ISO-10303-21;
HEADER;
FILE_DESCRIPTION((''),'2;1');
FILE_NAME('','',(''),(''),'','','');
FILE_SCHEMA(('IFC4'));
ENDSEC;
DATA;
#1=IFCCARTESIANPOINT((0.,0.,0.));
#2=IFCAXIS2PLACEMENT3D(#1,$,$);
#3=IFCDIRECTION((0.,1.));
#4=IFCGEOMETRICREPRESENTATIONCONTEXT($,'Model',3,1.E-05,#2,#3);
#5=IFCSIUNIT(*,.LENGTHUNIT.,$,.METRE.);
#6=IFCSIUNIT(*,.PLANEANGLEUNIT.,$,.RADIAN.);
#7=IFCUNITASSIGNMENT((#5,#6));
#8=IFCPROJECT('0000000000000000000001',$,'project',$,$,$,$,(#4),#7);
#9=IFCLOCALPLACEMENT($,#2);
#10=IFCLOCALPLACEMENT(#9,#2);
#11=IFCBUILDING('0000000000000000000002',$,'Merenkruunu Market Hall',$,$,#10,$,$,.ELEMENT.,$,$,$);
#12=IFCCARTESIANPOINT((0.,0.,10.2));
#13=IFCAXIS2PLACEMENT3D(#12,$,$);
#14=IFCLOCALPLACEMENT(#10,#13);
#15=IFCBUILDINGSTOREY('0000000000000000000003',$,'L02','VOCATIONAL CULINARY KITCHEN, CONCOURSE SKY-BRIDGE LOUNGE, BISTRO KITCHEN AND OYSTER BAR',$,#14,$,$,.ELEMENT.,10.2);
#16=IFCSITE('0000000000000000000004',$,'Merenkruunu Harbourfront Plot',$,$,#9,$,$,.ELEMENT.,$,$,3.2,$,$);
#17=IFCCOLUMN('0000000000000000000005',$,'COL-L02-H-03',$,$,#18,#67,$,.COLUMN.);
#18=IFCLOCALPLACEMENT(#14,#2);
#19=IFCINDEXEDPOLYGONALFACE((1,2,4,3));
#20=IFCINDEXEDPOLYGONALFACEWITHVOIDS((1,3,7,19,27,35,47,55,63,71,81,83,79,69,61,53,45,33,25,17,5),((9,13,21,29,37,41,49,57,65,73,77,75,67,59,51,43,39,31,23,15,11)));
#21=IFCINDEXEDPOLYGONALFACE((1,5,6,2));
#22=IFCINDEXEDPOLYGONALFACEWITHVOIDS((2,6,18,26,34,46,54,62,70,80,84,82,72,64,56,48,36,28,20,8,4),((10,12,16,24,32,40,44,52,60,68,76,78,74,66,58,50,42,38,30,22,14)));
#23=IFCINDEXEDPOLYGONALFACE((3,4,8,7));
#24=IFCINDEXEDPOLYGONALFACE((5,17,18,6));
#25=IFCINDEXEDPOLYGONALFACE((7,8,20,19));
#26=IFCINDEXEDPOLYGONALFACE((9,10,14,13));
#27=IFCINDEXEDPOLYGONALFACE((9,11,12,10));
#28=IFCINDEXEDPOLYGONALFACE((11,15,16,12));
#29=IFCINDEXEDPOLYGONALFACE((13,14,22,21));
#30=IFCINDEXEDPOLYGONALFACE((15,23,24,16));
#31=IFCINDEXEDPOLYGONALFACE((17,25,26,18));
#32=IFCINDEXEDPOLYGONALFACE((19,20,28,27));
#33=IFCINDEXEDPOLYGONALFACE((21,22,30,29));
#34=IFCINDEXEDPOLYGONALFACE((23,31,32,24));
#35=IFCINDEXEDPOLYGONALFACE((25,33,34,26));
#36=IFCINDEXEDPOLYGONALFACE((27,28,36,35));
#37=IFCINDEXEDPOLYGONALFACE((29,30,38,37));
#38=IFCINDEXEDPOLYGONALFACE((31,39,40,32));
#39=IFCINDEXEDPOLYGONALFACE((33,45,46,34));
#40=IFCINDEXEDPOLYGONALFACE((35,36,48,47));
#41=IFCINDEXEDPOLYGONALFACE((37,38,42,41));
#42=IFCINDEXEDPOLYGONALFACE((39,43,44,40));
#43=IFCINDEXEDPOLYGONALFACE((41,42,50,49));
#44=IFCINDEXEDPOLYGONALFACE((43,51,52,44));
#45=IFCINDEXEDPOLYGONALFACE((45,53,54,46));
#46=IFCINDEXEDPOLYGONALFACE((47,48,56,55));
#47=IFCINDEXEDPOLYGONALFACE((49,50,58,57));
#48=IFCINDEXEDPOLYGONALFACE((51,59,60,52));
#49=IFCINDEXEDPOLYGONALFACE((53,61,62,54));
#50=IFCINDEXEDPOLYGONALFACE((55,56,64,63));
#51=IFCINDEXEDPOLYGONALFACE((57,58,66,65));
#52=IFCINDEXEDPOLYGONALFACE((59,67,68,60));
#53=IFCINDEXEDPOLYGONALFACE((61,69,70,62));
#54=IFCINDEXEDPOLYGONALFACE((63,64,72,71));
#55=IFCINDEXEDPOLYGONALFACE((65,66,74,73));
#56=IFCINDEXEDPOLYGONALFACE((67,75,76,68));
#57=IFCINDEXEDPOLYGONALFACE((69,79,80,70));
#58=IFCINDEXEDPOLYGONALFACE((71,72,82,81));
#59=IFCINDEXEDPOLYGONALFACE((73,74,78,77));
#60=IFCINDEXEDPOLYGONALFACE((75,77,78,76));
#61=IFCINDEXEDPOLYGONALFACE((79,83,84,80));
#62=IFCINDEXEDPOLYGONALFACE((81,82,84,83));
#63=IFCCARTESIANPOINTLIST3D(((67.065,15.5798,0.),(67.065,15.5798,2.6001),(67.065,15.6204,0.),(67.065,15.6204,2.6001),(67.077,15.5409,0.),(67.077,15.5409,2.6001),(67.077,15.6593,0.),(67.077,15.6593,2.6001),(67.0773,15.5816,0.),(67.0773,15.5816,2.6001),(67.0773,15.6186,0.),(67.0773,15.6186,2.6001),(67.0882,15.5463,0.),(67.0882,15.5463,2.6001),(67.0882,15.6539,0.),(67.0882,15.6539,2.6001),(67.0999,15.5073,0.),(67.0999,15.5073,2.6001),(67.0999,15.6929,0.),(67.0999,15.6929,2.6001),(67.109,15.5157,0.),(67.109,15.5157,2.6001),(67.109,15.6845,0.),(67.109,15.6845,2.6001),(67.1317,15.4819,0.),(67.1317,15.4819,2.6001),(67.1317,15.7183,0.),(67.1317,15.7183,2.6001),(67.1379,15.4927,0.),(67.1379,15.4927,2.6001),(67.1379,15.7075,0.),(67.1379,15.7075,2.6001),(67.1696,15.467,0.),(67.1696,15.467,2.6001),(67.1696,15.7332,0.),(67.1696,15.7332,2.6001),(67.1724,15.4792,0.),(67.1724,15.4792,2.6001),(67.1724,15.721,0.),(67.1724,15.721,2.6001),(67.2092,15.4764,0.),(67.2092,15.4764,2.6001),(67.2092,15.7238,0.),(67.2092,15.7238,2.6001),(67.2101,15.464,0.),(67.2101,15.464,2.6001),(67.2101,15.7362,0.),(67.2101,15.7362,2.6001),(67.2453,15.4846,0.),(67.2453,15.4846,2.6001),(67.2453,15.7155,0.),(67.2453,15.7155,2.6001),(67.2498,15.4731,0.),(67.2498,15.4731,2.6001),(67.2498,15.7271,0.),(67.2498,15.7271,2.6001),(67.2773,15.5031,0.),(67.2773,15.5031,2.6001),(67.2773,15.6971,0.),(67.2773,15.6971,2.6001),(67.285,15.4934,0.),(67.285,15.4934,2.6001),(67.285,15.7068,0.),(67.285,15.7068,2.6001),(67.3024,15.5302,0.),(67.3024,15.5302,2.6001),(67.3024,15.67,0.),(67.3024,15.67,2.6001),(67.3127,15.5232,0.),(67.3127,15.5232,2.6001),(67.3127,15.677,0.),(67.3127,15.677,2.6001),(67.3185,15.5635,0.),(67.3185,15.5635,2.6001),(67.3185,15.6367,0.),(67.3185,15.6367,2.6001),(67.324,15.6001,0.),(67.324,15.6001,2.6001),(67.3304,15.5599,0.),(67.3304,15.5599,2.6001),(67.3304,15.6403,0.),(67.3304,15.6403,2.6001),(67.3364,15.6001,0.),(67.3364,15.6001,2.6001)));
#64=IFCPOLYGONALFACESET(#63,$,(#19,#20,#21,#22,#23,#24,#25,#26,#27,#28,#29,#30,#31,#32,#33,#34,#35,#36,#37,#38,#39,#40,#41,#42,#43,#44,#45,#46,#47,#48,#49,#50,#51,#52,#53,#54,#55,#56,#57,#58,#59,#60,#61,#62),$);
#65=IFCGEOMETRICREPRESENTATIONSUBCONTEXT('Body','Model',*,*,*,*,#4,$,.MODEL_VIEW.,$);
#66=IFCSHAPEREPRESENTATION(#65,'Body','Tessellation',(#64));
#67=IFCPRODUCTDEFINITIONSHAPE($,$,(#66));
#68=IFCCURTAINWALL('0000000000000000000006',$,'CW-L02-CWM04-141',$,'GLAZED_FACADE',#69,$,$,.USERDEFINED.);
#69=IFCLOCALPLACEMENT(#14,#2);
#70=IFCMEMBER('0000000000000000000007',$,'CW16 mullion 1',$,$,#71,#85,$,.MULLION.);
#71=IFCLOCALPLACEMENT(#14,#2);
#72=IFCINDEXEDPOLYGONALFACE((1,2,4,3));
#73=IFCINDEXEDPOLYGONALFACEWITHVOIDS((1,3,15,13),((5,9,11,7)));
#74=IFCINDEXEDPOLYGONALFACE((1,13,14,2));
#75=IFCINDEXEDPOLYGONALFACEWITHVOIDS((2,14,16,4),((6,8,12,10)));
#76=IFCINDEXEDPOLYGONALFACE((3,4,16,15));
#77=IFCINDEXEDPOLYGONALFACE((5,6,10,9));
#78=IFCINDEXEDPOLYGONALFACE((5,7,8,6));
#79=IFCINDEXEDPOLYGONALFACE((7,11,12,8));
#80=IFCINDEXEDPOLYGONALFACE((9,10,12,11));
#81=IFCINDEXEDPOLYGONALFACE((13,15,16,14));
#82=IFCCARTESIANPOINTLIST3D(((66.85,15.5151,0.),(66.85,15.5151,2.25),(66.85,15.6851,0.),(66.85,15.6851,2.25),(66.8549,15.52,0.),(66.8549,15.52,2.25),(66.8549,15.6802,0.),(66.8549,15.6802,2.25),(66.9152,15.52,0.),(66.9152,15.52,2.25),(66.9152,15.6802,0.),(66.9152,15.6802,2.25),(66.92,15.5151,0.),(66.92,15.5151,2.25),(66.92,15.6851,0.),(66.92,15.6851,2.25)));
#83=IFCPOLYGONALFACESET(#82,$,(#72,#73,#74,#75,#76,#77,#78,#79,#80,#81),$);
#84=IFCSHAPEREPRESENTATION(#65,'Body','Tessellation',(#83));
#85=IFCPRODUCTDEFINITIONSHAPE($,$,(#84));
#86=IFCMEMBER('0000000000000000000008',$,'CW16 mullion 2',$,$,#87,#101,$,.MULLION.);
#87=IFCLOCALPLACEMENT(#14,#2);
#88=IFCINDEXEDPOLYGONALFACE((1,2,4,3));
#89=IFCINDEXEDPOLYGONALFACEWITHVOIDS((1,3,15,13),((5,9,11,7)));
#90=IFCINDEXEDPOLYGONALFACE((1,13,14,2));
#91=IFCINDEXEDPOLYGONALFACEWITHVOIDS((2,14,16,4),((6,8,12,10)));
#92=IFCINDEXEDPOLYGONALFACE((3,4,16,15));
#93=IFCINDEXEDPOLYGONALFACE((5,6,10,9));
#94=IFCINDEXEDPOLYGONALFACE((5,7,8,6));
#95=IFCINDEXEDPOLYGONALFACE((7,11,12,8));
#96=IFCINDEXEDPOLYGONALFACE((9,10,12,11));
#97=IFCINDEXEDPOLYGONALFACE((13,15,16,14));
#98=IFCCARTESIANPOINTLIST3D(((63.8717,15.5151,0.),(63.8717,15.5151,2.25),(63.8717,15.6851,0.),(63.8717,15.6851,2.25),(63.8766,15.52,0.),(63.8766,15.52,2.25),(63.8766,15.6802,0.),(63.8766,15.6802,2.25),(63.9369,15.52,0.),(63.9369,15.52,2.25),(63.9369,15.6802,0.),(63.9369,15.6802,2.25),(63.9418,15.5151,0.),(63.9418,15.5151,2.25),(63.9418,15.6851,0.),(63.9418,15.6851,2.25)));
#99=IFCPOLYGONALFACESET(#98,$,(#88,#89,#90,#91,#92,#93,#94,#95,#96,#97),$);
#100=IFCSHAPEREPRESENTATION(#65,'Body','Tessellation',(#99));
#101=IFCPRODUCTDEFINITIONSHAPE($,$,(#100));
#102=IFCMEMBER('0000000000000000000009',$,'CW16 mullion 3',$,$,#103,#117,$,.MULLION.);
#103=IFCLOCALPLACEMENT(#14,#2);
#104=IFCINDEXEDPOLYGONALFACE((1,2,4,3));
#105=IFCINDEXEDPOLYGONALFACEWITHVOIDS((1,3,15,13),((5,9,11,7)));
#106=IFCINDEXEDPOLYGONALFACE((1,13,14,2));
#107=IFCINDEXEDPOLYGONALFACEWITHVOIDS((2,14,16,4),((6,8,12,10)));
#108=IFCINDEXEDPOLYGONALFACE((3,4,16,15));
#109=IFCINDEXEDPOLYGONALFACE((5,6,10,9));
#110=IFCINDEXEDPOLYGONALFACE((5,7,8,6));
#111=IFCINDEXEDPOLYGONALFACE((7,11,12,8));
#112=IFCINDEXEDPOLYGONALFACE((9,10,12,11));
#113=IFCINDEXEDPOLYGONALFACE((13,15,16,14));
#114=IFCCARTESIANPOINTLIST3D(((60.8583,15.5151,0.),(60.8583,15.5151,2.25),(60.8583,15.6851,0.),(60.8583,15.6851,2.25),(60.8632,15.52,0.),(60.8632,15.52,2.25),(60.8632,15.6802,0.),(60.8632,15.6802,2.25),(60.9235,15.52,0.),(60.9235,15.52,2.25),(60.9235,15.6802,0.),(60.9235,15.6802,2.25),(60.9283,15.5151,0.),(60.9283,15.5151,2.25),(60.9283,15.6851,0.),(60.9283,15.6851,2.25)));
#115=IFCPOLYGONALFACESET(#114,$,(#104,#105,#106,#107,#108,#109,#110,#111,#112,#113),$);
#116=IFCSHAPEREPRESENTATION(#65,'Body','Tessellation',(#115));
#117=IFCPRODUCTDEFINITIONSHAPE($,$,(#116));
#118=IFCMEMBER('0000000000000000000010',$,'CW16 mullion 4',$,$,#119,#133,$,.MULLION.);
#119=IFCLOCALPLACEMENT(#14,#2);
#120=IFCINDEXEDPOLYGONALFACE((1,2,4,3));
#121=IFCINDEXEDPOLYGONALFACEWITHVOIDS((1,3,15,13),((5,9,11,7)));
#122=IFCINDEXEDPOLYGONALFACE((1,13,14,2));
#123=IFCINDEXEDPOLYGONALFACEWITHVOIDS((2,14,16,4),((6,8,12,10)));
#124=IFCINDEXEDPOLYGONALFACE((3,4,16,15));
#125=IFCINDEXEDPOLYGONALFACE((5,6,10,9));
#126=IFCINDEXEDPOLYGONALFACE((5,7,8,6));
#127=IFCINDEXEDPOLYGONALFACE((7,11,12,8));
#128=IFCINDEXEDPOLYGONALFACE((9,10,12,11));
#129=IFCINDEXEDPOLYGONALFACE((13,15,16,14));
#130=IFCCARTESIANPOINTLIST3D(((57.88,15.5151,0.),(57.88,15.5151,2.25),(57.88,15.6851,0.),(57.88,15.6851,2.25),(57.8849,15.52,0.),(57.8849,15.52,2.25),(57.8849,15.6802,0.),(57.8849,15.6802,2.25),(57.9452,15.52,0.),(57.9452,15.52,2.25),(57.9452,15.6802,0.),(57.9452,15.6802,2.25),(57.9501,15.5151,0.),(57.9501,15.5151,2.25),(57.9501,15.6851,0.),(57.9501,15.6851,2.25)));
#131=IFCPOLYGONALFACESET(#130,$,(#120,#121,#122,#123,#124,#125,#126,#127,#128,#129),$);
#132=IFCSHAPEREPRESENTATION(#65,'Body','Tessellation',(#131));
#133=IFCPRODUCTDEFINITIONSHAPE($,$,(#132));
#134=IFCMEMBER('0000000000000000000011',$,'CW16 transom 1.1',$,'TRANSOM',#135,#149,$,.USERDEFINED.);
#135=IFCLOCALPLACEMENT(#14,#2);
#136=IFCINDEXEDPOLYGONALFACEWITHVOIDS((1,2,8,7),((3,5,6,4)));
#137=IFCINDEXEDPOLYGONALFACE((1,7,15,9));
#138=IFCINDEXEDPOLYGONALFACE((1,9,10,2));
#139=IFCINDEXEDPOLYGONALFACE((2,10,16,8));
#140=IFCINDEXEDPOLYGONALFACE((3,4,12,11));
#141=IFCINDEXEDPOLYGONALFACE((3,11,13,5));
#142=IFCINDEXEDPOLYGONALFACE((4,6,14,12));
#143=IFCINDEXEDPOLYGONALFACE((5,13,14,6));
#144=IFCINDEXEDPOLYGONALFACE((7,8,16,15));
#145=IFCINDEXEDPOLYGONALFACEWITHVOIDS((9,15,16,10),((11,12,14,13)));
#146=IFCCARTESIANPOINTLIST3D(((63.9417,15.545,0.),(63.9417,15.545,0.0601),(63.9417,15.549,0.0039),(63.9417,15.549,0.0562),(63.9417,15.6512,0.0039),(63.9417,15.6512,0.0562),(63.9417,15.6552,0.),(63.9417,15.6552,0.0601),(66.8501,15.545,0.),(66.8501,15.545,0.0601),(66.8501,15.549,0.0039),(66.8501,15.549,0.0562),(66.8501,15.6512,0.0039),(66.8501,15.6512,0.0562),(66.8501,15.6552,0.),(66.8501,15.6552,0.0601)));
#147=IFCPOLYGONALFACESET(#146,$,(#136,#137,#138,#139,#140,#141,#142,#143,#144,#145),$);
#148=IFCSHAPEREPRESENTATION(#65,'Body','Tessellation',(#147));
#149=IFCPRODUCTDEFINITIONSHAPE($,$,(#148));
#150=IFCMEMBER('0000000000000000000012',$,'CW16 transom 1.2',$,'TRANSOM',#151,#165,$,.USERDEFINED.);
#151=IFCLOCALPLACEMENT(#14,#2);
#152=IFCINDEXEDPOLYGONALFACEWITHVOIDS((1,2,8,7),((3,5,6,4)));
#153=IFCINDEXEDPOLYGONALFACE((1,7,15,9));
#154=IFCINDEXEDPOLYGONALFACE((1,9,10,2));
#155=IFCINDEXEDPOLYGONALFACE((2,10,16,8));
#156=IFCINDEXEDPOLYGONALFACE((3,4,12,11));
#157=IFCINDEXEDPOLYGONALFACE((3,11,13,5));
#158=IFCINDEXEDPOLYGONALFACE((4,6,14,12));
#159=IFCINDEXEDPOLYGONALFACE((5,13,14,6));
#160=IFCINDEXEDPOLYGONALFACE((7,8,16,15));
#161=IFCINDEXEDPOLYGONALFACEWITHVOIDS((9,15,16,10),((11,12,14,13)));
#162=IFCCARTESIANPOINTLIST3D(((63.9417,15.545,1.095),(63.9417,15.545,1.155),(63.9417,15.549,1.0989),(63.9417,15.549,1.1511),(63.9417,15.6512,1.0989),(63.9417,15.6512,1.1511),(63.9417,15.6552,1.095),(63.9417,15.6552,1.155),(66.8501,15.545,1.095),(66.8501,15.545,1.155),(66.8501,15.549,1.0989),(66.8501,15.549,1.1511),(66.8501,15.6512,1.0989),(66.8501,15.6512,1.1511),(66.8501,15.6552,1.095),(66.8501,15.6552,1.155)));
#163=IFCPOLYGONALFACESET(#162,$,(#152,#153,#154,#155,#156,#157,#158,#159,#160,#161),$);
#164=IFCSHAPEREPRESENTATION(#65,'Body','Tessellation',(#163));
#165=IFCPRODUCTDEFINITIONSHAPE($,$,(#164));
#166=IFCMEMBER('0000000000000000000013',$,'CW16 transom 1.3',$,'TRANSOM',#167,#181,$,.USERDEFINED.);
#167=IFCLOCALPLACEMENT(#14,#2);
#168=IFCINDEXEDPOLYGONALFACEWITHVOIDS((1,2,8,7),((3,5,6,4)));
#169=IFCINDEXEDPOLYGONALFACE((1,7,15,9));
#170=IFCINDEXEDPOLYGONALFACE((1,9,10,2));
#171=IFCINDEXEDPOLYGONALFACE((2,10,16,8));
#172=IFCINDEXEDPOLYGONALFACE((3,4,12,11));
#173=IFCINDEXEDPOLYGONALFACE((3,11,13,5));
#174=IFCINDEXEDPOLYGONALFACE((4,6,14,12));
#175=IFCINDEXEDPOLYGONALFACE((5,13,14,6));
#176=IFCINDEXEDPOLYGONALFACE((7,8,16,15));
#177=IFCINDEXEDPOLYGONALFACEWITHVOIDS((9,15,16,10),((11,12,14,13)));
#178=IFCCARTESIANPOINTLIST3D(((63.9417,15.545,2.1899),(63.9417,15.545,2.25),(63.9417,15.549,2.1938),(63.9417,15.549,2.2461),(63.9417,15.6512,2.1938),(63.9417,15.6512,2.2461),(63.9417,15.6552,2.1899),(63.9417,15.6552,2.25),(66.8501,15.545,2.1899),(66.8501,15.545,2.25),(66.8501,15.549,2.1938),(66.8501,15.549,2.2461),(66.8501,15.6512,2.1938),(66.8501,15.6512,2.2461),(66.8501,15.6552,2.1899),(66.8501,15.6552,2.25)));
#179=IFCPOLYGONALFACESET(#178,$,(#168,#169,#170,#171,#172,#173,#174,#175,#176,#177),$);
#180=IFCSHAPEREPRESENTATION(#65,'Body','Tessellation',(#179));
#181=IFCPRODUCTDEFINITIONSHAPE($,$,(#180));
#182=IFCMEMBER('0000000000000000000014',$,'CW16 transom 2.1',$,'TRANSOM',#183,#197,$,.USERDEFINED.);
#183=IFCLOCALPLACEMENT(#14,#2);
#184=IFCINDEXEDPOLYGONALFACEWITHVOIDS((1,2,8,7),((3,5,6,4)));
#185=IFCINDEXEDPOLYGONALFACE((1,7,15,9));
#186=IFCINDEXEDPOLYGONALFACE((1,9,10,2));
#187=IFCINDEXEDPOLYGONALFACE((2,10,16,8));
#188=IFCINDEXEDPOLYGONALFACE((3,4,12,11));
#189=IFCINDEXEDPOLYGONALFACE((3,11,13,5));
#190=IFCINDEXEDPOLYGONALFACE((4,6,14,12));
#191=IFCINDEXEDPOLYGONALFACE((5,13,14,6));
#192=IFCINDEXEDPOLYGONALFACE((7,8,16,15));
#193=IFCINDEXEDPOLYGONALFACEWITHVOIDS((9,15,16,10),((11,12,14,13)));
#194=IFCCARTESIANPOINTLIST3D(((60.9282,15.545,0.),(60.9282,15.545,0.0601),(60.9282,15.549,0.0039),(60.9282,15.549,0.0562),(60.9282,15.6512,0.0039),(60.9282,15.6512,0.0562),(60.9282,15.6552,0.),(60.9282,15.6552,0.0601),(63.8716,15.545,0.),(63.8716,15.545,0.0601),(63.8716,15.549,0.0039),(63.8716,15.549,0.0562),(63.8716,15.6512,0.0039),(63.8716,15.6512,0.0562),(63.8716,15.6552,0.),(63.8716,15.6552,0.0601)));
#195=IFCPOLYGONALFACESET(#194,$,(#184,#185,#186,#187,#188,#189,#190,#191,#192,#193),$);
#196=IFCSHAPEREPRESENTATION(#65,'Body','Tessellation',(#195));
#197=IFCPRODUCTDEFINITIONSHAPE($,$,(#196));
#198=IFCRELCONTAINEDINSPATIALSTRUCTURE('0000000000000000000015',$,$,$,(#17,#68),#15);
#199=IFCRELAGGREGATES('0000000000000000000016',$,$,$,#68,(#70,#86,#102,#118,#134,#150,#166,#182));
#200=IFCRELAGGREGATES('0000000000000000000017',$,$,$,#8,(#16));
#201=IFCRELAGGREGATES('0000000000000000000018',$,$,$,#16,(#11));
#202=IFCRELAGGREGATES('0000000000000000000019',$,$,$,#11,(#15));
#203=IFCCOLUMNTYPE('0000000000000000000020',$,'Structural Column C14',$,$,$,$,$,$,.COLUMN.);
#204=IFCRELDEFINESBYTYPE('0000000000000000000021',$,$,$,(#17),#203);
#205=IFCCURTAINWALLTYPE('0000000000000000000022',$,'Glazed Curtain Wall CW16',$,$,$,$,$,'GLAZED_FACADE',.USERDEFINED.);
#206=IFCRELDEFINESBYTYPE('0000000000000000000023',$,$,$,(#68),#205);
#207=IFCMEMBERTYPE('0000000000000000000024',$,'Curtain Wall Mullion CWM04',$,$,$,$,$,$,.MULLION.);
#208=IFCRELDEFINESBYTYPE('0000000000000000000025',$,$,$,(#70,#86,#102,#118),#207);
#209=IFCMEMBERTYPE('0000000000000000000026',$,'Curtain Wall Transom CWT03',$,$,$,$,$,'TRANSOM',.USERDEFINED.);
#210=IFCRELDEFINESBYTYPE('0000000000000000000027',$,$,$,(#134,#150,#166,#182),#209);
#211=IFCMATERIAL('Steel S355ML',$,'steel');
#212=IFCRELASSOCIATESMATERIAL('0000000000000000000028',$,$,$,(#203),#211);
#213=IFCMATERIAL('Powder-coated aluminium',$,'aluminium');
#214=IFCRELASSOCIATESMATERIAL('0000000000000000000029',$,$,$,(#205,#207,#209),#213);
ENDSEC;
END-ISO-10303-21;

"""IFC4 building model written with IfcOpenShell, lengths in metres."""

from ifc_helpers import new_model, si_unit, direction, frame, origin, origin_2d, place, context, subcontext, project, spatial, hollow_rectangle, hollow_circle, extrude, material, material_profile, profile_set, type_object, element, aggregate, save


model = new_model("IFC4")

# Units and contexts
model_context = context("Model", 3, precision=1e-05, world=origin(), true_north=direction((0.0, 1.0)))
body_context = subcontext(model_context, "Body", "Model", "MODEL_VIEW")
ifc_project = project(units=[si_unit("LENGTHUNIT", "METRE"), si_unit("PLANEANGLEUNIT", "RADIAN")], contexts=[model_context])

# Site, building, storey
site_placement = place(None, origin())
site = spatial("IfcSite", under=ifc_project, at=site_placement, Name="Merenkruunu Harbourfront Plot", CompositionType="ELEMENT", RefElevation=3.2)
building_placement = place(site_placement, origin())
building = spatial("IfcBuilding", under=site, at=building_placement, Name="Merenkruunu Market Hall", CompositionType="ELEMENT")
storey_placement = place(building_placement, frame((0.0, 0.0, 10.2)))
storey = spatial("IfcBuildingStorey", under=building, at=storey_placement, Name="L02", Description="VOCATIONAL CULINARY KITCHEN, CONCOURSE SKY-BRIDGE LOUNGE, BISTRO KITCHEN AND OYSTER BAR", CompositionType="ELEMENT", Elevation=10.2)

# Column
ifc_material_1 = material(Name="Steel S355ML", Category="steel")
ifc_material_profile_1 = material_profile(ifc_material_1, hollow_circle(Radius=0.1365, WallThickness=0.0125, at=origin_2d()), Name="CHS 273x12.5")
ifc_profile_set_1 = profile_set([ifc_material_profile_1], Name="Steel S355ML")
column_type = type_object("IfcColumnType", Name="Structural Column C14", PredefinedType="COLUMN", material=ifc_profile_set_1)
column_placement = place(storey_placement, frame((67.2, 15.6001, 0.0), z_axis=(0.0, 0.0, 1.0), x_axis=(1.0, 0.0, 0.0)))
element("IfcColumn", 1, at=column_placement, inside=storey, type_object=column_type, Name="COL-L02-H-03", PredefinedType="COLUMN", context=body_context, shape_type="SweptSolid", body=[
    extrude(hollow_circle(Radius=0.1365, WallThickness=0.0125, at=origin_2d()), origin(), (0.0, 0.0, 1.0), 2.6001),
])

# Curtain wall, members
ifc_material_2 = material(Name="Powder-coated aluminium", Category="aluminium")
curtain_wall_type = type_object("IfcCurtainWallType", Name="Glazed Curtain Wall CW16", ElementType="GLAZED_FACADE", PredefinedType="USERDEFINED", material=ifc_material_2)
curtain_wall_placement = place(storey_placement, origin())
curtain_wall = element("IfcCurtainWall", 2, at=curtain_wall_placement, inside=storey, type_object=curtain_wall_type, Name="CW-L02-CWM04-141", ObjectType="GLAZED_FACADE", PredefinedType="USERDEFINED")
ifc_material_profile_2 = material_profile(ifc_material_2, hollow_rectangle(XDim=0.0701, YDim=0.1699, WallThickness=0.0049, at=origin_2d()), Name="ALU 70x170x5")
ifc_profile_set_2 = profile_set([ifc_material_profile_2], Name="Powder-coated aluminium")
member_type_1 = type_object("IfcMemberType", Name="Curtain Wall Mullion CWM04", PredefinedType="MULLION", material=ifc_profile_set_2)
member_1_placement = place(storey_placement, frame((66.885, 15.6001, 0.0), z_axis=(0.0, 0.0, 1.0), x_axis=(-1.0, 0.0, 0.0)))
member_1 = element("IfcMember", 3, at=member_1_placement, type_object=member_type_1, Name="CW16 mullion 1", PredefinedType="MULLION", context=body_context, shape_type="SweptSolid", body=[
    extrude(hollow_rectangle(XDim=0.0701, YDim=0.1699, WallThickness=0.0049, at=origin_2d()), origin(), (0.0, 0.0, 1.0), 2.25),
])
member_2_placement = place(storey_placement, frame((63.9067, 15.6001, 0.0), z_axis=(0.0, 0.0, 1.0), x_axis=(-1.0, 0.0, 0.0)))
member_2 = element("IfcMember", 4, at=member_2_placement, type_object=member_type_1, Name="CW16 mullion 2", PredefinedType="MULLION", context=body_context, shape_type="SweptSolid", body=[
    extrude(hollow_rectangle(XDim=0.0701, YDim=0.1699, WallThickness=0.0049, at=origin_2d()), origin(), (0.0, 0.0, 1.0), 2.25),
])
member_3_placement = place(storey_placement, frame((60.8933, 15.6001, 0.0), z_axis=(0.0, 0.0, 1.0), x_axis=(-1.0, 0.0, 0.0)))
member_3 = element("IfcMember", 5, at=member_3_placement, type_object=member_type_1, Name="CW16 mullion 3", PredefinedType="MULLION", context=body_context, shape_type="SweptSolid", body=[
    extrude(hollow_rectangle(XDim=0.0701, YDim=0.1699, WallThickness=0.0049, at=origin_2d()), origin(), (0.0, 0.0, 1.0), 2.25),
])
member_4_placement = place(storey_placement, frame((57.915, 15.6001, 0.0), z_axis=(0.0, 0.0, 1.0), x_axis=(-1.0, 0.0, 0.0)))
member_4 = element("IfcMember", 6, at=member_4_placement, type_object=member_type_1, Name="CW16 mullion 4", PredefinedType="MULLION", context=body_context, shape_type="SweptSolid", body=[
    extrude(hollow_rectangle(XDim=0.0701, YDim=0.1699, WallThickness=0.0049, at=origin_2d()), origin(), (0.0, 0.0, 1.0), 2.25),
])
ifc_material_profile_3 = material_profile(ifc_material_2, hollow_rectangle(XDim=0.0601, YDim=0.1101, WallThickness=0.0039, at=origin_2d()), Name="ALU 60x110x4")
ifc_profile_set_3 = profile_set([ifc_material_profile_3], Name="Powder-coated aluminium")
member_type_2 = type_object("IfcMemberType", Name="Curtain Wall Transom CWT03", ElementType="TRANSOM", PredefinedType="USERDEFINED", material=ifc_profile_set_3)
member_5_placement = place(storey_placement, frame((66.8501, 15.6001, 0.03), z_axis=(-1.0, 0.0, 0.0), x_axis=(0.0, 0.0, 1.0)))
member_5 = element("IfcMember", 7, at=member_5_placement, type_object=member_type_2, Name="CW16 transom 1.1", ObjectType="TRANSOM", PredefinedType="USERDEFINED", context=body_context, shape_type="SweptSolid", body=[
    extrude(hollow_rectangle(XDim=0.0601, YDim=0.1101, WallThickness=0.0039, at=origin_2d()), origin(), (0.0, 0.0, 1.0), 2.9084),
])
member_6_placement = place(storey_placement, frame((66.8501, 15.6001, 1.125), z_axis=(-1.0, 0.0, 0.0), x_axis=(0.0, 0.0, 1.0)))
member_6 = element("IfcMember", 8, at=member_6_placement, type_object=member_type_2, Name="CW16 transom 1.2", ObjectType="TRANSOM", PredefinedType="USERDEFINED", context=body_context, shape_type="SweptSolid", body=[
    extrude(hollow_rectangle(XDim=0.0601, YDim=0.1101, WallThickness=0.0039, at=origin_2d()), origin(), (0.0, 0.0, 1.0), 2.9084),
])
member_7_placement = place(storey_placement, frame((66.8501, 15.6001, 2.22), z_axis=(-1.0, 0.0, 0.0), x_axis=(0.0, 0.0, 1.0)))
member_7 = element("IfcMember", 9, at=member_7_placement, type_object=member_type_2, Name="CW16 transom 1.3", ObjectType="TRANSOM", PredefinedType="USERDEFINED", context=body_context, shape_type="SweptSolid", body=[
    extrude(hollow_rectangle(XDim=0.0601, YDim=0.1101, WallThickness=0.0039, at=origin_2d()), origin(), (0.0, 0.0, 1.0), 2.9084),
])
member_8_placement = place(storey_placement, frame((63.8716, 15.6001, 0.03), z_axis=(-1.0, 0.0, 0.0), x_axis=(0.0, 0.0, 1.0)))
member_8 = element("IfcMember", 10, at=member_8_placement, type_object=member_type_2, Name="CW16 transom 2.1", ObjectType="TRANSOM", PredefinedType="USERDEFINED", context=body_context, shape_type="SweptSolid", body=[
    extrude(hollow_rectangle(XDim=0.0601, YDim=0.1101, WallThickness=0.0039, at=origin_2d()), origin(), (0.0, 0.0, 1.0), 2.9434),
])

aggregate(curtain_wall, [member_1, member_2, member_3, member_4, member_5, member_6, member_7, member_8])

save(model, "model.ifc")
